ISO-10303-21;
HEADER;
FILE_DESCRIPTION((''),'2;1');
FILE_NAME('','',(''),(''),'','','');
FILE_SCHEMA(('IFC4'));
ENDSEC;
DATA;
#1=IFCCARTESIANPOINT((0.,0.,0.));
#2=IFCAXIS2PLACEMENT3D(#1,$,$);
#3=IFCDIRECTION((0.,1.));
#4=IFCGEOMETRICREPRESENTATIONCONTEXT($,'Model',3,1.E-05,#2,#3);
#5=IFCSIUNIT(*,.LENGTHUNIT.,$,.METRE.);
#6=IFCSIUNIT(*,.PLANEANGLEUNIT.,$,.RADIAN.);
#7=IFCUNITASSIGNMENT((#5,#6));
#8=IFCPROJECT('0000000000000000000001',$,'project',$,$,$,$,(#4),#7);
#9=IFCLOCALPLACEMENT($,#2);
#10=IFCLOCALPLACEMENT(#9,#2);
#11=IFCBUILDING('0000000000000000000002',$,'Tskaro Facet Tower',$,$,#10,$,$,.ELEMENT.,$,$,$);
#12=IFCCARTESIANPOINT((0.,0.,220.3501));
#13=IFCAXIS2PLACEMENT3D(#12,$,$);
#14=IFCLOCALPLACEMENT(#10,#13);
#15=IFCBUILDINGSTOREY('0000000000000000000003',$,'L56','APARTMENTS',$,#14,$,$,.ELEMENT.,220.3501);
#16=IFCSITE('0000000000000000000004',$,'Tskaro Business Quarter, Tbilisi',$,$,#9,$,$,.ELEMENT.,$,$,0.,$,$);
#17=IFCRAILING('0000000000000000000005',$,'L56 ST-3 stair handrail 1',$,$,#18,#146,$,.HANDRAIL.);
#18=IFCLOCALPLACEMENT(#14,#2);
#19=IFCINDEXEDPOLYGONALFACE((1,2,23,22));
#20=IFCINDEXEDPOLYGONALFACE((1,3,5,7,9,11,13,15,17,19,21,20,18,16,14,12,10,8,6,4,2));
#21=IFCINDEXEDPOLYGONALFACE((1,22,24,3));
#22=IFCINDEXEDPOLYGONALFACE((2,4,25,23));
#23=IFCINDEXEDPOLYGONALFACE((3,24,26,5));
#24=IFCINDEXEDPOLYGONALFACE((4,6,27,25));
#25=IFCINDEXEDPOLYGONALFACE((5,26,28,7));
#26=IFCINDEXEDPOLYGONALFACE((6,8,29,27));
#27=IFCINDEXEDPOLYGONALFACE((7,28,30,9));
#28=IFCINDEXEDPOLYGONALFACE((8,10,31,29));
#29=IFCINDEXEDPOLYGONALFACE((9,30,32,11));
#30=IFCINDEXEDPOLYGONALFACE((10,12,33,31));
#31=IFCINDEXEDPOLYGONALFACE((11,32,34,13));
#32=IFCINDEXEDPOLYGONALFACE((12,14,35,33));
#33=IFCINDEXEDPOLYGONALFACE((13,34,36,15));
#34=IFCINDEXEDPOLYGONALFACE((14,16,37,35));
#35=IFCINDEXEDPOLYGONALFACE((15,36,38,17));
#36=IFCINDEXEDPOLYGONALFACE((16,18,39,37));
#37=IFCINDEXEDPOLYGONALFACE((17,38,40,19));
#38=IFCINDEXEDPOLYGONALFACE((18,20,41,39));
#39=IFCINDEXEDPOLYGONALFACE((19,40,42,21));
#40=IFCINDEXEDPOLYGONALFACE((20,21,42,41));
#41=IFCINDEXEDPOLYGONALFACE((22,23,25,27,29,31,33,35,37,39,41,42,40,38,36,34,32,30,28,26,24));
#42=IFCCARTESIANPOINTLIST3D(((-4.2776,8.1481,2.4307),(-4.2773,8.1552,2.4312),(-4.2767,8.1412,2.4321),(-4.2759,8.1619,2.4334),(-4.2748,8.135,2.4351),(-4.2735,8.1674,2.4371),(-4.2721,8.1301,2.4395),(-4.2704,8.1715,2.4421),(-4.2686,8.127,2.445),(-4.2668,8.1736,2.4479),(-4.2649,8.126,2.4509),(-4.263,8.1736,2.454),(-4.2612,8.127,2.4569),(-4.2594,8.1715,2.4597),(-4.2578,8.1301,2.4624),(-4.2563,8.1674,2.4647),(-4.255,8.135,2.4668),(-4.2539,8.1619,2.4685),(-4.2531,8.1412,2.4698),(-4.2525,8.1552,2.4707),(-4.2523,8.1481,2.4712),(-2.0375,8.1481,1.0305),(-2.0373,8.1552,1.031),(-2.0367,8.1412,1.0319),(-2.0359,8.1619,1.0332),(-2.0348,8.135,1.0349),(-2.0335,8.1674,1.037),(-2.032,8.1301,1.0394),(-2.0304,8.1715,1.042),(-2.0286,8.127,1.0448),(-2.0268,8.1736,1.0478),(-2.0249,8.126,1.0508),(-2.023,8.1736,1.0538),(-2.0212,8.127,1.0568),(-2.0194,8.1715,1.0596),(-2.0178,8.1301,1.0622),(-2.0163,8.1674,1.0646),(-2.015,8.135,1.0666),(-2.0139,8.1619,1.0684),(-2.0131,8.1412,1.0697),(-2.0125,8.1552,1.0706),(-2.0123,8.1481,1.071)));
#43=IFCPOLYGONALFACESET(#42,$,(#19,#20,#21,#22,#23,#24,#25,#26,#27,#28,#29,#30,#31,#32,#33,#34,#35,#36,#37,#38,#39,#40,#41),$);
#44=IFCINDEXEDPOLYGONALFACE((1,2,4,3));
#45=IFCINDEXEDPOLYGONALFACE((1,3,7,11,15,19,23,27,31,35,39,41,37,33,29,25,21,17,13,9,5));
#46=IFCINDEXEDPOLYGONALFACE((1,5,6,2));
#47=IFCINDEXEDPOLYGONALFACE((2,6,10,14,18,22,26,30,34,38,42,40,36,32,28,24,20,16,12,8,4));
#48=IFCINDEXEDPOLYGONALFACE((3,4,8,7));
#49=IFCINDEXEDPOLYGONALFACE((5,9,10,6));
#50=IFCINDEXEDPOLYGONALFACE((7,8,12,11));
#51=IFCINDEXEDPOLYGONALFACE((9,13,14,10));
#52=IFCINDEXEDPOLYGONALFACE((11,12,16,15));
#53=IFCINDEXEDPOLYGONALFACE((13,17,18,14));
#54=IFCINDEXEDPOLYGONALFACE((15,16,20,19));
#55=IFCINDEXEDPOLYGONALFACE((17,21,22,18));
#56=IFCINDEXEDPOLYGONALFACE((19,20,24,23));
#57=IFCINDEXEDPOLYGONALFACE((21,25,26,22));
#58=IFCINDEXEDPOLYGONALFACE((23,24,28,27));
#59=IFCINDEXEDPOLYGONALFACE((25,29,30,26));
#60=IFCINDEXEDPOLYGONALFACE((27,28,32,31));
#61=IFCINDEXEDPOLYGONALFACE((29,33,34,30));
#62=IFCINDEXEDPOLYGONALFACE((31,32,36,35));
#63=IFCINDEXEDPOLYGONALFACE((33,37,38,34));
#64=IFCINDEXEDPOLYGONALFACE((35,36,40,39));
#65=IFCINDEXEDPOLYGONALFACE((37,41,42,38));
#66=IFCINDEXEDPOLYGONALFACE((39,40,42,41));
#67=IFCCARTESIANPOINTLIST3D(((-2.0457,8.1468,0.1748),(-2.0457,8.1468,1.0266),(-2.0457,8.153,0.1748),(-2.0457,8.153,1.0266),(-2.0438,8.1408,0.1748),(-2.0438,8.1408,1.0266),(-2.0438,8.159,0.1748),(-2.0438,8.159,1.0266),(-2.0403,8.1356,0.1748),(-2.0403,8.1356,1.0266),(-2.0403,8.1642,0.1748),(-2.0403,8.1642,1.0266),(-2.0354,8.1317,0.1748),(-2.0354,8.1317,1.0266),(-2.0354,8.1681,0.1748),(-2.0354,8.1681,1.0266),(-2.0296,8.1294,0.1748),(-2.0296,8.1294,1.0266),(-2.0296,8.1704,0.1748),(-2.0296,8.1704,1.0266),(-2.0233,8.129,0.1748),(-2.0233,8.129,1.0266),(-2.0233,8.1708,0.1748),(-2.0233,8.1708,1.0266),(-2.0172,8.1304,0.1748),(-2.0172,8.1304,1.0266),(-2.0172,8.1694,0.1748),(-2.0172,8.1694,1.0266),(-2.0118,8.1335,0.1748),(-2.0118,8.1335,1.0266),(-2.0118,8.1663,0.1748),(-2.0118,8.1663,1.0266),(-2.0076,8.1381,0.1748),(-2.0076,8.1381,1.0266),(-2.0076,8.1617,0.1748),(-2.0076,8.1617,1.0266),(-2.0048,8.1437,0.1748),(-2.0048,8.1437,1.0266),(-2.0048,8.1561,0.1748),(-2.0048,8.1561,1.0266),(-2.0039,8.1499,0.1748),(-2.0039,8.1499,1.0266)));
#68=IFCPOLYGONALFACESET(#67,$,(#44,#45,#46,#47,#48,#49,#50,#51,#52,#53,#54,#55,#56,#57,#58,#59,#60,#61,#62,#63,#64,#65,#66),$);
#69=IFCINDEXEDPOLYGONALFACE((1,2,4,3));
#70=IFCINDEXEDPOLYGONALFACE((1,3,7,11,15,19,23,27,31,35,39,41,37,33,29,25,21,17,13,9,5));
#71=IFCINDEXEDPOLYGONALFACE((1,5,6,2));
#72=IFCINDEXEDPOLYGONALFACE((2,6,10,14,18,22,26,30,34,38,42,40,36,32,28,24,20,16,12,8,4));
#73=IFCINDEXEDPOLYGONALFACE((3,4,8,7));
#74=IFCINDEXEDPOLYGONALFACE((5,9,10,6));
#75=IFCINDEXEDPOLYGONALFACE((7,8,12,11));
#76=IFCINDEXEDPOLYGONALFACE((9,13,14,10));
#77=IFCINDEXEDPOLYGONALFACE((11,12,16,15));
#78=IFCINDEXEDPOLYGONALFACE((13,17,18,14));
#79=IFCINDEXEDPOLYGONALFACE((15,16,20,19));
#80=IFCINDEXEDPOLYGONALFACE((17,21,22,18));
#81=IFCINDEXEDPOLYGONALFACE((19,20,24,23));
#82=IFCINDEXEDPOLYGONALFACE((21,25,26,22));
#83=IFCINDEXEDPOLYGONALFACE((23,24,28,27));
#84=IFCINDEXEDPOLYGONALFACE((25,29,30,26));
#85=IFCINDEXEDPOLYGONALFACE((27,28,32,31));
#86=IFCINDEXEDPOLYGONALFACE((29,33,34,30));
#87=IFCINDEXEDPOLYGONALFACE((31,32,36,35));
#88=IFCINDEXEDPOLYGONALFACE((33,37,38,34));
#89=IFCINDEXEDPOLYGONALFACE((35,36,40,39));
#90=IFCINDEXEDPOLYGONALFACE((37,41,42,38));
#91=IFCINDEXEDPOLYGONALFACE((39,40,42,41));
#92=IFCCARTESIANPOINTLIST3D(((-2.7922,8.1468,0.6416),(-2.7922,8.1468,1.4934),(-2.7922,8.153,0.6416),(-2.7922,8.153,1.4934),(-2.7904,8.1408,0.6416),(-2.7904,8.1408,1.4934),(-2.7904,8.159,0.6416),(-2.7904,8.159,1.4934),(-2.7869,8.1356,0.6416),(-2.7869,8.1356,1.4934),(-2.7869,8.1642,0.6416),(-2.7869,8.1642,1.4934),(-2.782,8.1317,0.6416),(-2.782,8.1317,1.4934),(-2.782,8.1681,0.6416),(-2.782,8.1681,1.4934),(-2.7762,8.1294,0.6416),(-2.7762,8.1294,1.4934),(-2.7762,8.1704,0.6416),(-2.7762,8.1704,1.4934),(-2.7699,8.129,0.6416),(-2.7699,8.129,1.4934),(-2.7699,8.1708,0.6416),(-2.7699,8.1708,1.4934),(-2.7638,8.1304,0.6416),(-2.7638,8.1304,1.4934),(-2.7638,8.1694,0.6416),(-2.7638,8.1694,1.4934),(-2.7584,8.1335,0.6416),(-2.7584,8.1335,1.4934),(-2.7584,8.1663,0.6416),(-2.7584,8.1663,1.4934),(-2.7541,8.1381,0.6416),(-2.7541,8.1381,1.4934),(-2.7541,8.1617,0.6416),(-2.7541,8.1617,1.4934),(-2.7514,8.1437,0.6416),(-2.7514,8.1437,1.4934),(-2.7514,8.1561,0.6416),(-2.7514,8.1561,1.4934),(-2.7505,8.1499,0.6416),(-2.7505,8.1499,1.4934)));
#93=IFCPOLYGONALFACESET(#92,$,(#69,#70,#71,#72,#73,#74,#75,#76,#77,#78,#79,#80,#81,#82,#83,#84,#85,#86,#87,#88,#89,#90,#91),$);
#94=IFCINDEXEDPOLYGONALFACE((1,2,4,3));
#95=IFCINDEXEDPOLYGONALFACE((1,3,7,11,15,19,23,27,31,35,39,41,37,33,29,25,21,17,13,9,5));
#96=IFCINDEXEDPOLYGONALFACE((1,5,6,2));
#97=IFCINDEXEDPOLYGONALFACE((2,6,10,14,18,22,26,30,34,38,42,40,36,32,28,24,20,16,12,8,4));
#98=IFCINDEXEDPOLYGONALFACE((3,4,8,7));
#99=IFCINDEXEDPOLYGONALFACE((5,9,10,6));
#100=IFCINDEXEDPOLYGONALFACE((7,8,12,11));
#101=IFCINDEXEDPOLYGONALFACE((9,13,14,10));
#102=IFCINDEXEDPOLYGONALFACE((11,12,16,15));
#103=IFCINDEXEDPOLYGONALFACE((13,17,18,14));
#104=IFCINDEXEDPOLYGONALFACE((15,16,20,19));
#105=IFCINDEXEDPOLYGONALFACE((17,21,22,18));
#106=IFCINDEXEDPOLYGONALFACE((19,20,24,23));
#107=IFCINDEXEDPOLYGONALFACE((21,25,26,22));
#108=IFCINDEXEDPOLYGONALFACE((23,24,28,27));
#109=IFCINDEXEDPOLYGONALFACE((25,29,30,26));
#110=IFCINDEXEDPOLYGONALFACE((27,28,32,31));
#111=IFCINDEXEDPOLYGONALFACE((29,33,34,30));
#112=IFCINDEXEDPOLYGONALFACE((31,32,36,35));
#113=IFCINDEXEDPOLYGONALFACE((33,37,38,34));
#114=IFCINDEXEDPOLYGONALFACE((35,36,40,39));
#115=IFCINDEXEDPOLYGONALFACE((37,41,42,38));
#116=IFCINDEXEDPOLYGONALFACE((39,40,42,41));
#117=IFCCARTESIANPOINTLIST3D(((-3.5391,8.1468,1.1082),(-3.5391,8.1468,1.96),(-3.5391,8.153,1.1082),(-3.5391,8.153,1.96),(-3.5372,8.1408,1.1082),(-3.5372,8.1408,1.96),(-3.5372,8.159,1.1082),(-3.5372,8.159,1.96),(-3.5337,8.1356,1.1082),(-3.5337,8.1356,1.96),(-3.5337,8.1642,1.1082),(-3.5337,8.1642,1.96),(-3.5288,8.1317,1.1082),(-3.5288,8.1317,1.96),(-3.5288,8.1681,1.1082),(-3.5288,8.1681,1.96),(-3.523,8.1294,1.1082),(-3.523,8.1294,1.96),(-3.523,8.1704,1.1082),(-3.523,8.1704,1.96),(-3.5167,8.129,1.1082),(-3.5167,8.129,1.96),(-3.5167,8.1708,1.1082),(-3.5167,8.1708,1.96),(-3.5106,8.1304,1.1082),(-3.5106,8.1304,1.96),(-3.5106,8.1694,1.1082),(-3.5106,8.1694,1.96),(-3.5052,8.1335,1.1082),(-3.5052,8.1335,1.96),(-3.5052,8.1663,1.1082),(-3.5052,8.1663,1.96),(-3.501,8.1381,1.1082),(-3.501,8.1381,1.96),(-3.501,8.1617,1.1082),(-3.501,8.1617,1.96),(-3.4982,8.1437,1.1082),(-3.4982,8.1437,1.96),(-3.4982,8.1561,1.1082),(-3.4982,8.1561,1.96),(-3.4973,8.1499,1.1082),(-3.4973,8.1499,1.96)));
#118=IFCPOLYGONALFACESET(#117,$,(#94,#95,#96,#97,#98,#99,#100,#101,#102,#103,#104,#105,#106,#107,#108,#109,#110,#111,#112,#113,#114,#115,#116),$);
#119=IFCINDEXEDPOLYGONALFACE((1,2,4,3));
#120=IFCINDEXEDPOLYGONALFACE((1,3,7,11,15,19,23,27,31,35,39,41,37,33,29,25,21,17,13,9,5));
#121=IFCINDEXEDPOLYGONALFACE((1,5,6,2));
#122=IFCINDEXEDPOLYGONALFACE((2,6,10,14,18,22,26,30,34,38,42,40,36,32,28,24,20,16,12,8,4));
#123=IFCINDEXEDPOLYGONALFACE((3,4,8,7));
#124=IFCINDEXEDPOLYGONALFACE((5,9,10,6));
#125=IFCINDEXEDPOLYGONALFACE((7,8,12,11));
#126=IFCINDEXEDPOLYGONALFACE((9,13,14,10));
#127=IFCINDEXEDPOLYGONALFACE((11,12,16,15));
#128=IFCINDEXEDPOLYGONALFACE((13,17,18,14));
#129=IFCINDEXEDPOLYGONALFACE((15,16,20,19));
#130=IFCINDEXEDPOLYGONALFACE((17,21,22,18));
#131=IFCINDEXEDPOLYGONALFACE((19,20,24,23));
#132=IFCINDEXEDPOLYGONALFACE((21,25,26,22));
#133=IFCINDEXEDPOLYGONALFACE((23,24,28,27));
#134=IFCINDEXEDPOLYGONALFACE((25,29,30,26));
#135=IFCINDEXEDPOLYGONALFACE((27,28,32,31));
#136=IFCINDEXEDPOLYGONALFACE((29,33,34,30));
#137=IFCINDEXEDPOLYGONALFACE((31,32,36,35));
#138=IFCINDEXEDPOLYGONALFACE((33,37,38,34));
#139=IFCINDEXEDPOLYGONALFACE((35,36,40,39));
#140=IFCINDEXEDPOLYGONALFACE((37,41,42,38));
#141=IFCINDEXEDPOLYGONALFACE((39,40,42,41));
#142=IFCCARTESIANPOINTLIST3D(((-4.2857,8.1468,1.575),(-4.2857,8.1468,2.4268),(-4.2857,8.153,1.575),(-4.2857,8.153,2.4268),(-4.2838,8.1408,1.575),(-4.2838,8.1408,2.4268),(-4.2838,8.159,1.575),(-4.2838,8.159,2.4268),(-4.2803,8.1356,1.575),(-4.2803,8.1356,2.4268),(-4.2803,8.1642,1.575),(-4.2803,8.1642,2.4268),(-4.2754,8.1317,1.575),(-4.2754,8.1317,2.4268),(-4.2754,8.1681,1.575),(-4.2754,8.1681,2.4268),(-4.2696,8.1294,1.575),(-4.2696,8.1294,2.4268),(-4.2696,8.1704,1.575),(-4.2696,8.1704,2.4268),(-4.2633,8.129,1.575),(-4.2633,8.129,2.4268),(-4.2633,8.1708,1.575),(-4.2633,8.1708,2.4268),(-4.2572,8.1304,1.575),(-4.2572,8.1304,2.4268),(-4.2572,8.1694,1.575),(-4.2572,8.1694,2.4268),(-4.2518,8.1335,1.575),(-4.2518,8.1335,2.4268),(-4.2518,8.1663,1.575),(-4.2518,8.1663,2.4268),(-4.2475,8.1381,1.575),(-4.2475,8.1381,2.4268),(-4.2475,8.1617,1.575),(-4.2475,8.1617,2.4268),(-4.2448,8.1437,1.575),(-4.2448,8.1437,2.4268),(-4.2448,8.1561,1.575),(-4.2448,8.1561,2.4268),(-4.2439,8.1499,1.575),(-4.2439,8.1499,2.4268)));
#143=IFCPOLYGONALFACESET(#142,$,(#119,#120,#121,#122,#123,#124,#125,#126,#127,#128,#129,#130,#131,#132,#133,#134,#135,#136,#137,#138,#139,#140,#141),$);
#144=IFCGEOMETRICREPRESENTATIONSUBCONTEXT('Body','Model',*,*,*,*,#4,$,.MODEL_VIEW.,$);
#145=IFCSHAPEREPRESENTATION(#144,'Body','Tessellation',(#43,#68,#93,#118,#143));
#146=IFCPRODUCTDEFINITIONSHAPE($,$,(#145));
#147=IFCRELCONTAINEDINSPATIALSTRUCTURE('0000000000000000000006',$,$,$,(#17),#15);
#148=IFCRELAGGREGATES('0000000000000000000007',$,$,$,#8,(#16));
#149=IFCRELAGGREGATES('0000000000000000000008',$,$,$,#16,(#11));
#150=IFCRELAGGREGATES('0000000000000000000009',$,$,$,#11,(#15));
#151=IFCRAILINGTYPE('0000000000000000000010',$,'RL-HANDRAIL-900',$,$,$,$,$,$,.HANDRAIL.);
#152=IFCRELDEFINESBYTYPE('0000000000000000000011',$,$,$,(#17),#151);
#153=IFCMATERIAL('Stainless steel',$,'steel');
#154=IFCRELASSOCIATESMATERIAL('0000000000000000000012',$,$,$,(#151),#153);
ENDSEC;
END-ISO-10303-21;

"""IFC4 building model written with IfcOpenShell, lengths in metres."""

from ifc_helpers import new_model, si_unit, direction, frame, origin, origin_2d, place, context, subcontext, project, spatial, circle, extrude, material, type_object, element, save


model = new_model("IFC4")

# Units and contexts
model_context = context("Model", 3, precision=1e-05, world=origin(), true_north=direction((0.0, 1.0)))
body_context = subcontext(model_context, "Body", "Model", "MODEL_VIEW")
ifc_project = project(units=[si_unit("LENGTHUNIT", "METRE"), si_unit("PLANEANGLEUNIT", "RADIAN")], contexts=[model_context])

# Site, building, storey
site_placement = place(None, origin())
site = spatial("IfcSite", under=ifc_project, at=site_placement, Name="Tskaro Business Quarter, Tbilisi", CompositionType="ELEMENT", RefElevation=0.0)
building_placement = place(site_placement, origin())
building = spatial("IfcBuilding", under=site, at=building_placement, Name="Tskaro Facet Tower", CompositionType="ELEMENT")
storey_placement = place(building_placement, frame((0.0, 0.0, 220.3501)))
storey = spatial("IfcBuildingStorey", under=building, at=storey_placement, Name="L56", Description="APARTMENTS", CompositionType="ELEMENT", Elevation=220.3501)

# Railing
ifc_material_1 = material(Name="Stainless steel", Category="steel")
railing_type_1 = type_object("IfcRailingType", Name="RL-HANDRAIL-900", PredefinedType="HANDRAIL", material=ifc_material_1)
railing_1_placement = place(storey_placement, frame((-2.0249, 8.1499, 0.1748)))
element("IfcRailing", 1, at=railing_1_placement, inside=storey, type_object=railing_type_1, Name="L56 ST-3 stair handrail 1", PredefinedType="HANDRAIL", context=body_context, shape_type="SweptSolid", body=[
    extrude(circle(Radius=0.0239, at=origin_2d()), frame((0.0, 0.0, 0.876), z_axis=(-0.847972, 0.0, 0.53004), x_axis=(0.0, -1.0, 0.0)), (0.0, 0.0, 1.0), 2.6416),
    extrude(circle(Radius=0.021, at=origin_2d()), origin(), (0.0, 0.0, 1.0), 0.8518),
    extrude(circle(Radius=0.021, at=origin_2d()), frame((-0.7466, 0.0, 0.4668)), (0.0, 0.0, 1.0), 0.8518),
    extrude(circle(Radius=0.021, at=origin_2d()), frame((-1.4934, 0.0, 0.9333)), (0.0, 0.0, 1.0), 0.8518),
    extrude(circle(Radius=0.021, at=origin_2d()), frame((-2.24, 0.0, 1.4001)), (0.0, 0.0, 1.0), 0.8518),
])

save(model, "model.ifc")
